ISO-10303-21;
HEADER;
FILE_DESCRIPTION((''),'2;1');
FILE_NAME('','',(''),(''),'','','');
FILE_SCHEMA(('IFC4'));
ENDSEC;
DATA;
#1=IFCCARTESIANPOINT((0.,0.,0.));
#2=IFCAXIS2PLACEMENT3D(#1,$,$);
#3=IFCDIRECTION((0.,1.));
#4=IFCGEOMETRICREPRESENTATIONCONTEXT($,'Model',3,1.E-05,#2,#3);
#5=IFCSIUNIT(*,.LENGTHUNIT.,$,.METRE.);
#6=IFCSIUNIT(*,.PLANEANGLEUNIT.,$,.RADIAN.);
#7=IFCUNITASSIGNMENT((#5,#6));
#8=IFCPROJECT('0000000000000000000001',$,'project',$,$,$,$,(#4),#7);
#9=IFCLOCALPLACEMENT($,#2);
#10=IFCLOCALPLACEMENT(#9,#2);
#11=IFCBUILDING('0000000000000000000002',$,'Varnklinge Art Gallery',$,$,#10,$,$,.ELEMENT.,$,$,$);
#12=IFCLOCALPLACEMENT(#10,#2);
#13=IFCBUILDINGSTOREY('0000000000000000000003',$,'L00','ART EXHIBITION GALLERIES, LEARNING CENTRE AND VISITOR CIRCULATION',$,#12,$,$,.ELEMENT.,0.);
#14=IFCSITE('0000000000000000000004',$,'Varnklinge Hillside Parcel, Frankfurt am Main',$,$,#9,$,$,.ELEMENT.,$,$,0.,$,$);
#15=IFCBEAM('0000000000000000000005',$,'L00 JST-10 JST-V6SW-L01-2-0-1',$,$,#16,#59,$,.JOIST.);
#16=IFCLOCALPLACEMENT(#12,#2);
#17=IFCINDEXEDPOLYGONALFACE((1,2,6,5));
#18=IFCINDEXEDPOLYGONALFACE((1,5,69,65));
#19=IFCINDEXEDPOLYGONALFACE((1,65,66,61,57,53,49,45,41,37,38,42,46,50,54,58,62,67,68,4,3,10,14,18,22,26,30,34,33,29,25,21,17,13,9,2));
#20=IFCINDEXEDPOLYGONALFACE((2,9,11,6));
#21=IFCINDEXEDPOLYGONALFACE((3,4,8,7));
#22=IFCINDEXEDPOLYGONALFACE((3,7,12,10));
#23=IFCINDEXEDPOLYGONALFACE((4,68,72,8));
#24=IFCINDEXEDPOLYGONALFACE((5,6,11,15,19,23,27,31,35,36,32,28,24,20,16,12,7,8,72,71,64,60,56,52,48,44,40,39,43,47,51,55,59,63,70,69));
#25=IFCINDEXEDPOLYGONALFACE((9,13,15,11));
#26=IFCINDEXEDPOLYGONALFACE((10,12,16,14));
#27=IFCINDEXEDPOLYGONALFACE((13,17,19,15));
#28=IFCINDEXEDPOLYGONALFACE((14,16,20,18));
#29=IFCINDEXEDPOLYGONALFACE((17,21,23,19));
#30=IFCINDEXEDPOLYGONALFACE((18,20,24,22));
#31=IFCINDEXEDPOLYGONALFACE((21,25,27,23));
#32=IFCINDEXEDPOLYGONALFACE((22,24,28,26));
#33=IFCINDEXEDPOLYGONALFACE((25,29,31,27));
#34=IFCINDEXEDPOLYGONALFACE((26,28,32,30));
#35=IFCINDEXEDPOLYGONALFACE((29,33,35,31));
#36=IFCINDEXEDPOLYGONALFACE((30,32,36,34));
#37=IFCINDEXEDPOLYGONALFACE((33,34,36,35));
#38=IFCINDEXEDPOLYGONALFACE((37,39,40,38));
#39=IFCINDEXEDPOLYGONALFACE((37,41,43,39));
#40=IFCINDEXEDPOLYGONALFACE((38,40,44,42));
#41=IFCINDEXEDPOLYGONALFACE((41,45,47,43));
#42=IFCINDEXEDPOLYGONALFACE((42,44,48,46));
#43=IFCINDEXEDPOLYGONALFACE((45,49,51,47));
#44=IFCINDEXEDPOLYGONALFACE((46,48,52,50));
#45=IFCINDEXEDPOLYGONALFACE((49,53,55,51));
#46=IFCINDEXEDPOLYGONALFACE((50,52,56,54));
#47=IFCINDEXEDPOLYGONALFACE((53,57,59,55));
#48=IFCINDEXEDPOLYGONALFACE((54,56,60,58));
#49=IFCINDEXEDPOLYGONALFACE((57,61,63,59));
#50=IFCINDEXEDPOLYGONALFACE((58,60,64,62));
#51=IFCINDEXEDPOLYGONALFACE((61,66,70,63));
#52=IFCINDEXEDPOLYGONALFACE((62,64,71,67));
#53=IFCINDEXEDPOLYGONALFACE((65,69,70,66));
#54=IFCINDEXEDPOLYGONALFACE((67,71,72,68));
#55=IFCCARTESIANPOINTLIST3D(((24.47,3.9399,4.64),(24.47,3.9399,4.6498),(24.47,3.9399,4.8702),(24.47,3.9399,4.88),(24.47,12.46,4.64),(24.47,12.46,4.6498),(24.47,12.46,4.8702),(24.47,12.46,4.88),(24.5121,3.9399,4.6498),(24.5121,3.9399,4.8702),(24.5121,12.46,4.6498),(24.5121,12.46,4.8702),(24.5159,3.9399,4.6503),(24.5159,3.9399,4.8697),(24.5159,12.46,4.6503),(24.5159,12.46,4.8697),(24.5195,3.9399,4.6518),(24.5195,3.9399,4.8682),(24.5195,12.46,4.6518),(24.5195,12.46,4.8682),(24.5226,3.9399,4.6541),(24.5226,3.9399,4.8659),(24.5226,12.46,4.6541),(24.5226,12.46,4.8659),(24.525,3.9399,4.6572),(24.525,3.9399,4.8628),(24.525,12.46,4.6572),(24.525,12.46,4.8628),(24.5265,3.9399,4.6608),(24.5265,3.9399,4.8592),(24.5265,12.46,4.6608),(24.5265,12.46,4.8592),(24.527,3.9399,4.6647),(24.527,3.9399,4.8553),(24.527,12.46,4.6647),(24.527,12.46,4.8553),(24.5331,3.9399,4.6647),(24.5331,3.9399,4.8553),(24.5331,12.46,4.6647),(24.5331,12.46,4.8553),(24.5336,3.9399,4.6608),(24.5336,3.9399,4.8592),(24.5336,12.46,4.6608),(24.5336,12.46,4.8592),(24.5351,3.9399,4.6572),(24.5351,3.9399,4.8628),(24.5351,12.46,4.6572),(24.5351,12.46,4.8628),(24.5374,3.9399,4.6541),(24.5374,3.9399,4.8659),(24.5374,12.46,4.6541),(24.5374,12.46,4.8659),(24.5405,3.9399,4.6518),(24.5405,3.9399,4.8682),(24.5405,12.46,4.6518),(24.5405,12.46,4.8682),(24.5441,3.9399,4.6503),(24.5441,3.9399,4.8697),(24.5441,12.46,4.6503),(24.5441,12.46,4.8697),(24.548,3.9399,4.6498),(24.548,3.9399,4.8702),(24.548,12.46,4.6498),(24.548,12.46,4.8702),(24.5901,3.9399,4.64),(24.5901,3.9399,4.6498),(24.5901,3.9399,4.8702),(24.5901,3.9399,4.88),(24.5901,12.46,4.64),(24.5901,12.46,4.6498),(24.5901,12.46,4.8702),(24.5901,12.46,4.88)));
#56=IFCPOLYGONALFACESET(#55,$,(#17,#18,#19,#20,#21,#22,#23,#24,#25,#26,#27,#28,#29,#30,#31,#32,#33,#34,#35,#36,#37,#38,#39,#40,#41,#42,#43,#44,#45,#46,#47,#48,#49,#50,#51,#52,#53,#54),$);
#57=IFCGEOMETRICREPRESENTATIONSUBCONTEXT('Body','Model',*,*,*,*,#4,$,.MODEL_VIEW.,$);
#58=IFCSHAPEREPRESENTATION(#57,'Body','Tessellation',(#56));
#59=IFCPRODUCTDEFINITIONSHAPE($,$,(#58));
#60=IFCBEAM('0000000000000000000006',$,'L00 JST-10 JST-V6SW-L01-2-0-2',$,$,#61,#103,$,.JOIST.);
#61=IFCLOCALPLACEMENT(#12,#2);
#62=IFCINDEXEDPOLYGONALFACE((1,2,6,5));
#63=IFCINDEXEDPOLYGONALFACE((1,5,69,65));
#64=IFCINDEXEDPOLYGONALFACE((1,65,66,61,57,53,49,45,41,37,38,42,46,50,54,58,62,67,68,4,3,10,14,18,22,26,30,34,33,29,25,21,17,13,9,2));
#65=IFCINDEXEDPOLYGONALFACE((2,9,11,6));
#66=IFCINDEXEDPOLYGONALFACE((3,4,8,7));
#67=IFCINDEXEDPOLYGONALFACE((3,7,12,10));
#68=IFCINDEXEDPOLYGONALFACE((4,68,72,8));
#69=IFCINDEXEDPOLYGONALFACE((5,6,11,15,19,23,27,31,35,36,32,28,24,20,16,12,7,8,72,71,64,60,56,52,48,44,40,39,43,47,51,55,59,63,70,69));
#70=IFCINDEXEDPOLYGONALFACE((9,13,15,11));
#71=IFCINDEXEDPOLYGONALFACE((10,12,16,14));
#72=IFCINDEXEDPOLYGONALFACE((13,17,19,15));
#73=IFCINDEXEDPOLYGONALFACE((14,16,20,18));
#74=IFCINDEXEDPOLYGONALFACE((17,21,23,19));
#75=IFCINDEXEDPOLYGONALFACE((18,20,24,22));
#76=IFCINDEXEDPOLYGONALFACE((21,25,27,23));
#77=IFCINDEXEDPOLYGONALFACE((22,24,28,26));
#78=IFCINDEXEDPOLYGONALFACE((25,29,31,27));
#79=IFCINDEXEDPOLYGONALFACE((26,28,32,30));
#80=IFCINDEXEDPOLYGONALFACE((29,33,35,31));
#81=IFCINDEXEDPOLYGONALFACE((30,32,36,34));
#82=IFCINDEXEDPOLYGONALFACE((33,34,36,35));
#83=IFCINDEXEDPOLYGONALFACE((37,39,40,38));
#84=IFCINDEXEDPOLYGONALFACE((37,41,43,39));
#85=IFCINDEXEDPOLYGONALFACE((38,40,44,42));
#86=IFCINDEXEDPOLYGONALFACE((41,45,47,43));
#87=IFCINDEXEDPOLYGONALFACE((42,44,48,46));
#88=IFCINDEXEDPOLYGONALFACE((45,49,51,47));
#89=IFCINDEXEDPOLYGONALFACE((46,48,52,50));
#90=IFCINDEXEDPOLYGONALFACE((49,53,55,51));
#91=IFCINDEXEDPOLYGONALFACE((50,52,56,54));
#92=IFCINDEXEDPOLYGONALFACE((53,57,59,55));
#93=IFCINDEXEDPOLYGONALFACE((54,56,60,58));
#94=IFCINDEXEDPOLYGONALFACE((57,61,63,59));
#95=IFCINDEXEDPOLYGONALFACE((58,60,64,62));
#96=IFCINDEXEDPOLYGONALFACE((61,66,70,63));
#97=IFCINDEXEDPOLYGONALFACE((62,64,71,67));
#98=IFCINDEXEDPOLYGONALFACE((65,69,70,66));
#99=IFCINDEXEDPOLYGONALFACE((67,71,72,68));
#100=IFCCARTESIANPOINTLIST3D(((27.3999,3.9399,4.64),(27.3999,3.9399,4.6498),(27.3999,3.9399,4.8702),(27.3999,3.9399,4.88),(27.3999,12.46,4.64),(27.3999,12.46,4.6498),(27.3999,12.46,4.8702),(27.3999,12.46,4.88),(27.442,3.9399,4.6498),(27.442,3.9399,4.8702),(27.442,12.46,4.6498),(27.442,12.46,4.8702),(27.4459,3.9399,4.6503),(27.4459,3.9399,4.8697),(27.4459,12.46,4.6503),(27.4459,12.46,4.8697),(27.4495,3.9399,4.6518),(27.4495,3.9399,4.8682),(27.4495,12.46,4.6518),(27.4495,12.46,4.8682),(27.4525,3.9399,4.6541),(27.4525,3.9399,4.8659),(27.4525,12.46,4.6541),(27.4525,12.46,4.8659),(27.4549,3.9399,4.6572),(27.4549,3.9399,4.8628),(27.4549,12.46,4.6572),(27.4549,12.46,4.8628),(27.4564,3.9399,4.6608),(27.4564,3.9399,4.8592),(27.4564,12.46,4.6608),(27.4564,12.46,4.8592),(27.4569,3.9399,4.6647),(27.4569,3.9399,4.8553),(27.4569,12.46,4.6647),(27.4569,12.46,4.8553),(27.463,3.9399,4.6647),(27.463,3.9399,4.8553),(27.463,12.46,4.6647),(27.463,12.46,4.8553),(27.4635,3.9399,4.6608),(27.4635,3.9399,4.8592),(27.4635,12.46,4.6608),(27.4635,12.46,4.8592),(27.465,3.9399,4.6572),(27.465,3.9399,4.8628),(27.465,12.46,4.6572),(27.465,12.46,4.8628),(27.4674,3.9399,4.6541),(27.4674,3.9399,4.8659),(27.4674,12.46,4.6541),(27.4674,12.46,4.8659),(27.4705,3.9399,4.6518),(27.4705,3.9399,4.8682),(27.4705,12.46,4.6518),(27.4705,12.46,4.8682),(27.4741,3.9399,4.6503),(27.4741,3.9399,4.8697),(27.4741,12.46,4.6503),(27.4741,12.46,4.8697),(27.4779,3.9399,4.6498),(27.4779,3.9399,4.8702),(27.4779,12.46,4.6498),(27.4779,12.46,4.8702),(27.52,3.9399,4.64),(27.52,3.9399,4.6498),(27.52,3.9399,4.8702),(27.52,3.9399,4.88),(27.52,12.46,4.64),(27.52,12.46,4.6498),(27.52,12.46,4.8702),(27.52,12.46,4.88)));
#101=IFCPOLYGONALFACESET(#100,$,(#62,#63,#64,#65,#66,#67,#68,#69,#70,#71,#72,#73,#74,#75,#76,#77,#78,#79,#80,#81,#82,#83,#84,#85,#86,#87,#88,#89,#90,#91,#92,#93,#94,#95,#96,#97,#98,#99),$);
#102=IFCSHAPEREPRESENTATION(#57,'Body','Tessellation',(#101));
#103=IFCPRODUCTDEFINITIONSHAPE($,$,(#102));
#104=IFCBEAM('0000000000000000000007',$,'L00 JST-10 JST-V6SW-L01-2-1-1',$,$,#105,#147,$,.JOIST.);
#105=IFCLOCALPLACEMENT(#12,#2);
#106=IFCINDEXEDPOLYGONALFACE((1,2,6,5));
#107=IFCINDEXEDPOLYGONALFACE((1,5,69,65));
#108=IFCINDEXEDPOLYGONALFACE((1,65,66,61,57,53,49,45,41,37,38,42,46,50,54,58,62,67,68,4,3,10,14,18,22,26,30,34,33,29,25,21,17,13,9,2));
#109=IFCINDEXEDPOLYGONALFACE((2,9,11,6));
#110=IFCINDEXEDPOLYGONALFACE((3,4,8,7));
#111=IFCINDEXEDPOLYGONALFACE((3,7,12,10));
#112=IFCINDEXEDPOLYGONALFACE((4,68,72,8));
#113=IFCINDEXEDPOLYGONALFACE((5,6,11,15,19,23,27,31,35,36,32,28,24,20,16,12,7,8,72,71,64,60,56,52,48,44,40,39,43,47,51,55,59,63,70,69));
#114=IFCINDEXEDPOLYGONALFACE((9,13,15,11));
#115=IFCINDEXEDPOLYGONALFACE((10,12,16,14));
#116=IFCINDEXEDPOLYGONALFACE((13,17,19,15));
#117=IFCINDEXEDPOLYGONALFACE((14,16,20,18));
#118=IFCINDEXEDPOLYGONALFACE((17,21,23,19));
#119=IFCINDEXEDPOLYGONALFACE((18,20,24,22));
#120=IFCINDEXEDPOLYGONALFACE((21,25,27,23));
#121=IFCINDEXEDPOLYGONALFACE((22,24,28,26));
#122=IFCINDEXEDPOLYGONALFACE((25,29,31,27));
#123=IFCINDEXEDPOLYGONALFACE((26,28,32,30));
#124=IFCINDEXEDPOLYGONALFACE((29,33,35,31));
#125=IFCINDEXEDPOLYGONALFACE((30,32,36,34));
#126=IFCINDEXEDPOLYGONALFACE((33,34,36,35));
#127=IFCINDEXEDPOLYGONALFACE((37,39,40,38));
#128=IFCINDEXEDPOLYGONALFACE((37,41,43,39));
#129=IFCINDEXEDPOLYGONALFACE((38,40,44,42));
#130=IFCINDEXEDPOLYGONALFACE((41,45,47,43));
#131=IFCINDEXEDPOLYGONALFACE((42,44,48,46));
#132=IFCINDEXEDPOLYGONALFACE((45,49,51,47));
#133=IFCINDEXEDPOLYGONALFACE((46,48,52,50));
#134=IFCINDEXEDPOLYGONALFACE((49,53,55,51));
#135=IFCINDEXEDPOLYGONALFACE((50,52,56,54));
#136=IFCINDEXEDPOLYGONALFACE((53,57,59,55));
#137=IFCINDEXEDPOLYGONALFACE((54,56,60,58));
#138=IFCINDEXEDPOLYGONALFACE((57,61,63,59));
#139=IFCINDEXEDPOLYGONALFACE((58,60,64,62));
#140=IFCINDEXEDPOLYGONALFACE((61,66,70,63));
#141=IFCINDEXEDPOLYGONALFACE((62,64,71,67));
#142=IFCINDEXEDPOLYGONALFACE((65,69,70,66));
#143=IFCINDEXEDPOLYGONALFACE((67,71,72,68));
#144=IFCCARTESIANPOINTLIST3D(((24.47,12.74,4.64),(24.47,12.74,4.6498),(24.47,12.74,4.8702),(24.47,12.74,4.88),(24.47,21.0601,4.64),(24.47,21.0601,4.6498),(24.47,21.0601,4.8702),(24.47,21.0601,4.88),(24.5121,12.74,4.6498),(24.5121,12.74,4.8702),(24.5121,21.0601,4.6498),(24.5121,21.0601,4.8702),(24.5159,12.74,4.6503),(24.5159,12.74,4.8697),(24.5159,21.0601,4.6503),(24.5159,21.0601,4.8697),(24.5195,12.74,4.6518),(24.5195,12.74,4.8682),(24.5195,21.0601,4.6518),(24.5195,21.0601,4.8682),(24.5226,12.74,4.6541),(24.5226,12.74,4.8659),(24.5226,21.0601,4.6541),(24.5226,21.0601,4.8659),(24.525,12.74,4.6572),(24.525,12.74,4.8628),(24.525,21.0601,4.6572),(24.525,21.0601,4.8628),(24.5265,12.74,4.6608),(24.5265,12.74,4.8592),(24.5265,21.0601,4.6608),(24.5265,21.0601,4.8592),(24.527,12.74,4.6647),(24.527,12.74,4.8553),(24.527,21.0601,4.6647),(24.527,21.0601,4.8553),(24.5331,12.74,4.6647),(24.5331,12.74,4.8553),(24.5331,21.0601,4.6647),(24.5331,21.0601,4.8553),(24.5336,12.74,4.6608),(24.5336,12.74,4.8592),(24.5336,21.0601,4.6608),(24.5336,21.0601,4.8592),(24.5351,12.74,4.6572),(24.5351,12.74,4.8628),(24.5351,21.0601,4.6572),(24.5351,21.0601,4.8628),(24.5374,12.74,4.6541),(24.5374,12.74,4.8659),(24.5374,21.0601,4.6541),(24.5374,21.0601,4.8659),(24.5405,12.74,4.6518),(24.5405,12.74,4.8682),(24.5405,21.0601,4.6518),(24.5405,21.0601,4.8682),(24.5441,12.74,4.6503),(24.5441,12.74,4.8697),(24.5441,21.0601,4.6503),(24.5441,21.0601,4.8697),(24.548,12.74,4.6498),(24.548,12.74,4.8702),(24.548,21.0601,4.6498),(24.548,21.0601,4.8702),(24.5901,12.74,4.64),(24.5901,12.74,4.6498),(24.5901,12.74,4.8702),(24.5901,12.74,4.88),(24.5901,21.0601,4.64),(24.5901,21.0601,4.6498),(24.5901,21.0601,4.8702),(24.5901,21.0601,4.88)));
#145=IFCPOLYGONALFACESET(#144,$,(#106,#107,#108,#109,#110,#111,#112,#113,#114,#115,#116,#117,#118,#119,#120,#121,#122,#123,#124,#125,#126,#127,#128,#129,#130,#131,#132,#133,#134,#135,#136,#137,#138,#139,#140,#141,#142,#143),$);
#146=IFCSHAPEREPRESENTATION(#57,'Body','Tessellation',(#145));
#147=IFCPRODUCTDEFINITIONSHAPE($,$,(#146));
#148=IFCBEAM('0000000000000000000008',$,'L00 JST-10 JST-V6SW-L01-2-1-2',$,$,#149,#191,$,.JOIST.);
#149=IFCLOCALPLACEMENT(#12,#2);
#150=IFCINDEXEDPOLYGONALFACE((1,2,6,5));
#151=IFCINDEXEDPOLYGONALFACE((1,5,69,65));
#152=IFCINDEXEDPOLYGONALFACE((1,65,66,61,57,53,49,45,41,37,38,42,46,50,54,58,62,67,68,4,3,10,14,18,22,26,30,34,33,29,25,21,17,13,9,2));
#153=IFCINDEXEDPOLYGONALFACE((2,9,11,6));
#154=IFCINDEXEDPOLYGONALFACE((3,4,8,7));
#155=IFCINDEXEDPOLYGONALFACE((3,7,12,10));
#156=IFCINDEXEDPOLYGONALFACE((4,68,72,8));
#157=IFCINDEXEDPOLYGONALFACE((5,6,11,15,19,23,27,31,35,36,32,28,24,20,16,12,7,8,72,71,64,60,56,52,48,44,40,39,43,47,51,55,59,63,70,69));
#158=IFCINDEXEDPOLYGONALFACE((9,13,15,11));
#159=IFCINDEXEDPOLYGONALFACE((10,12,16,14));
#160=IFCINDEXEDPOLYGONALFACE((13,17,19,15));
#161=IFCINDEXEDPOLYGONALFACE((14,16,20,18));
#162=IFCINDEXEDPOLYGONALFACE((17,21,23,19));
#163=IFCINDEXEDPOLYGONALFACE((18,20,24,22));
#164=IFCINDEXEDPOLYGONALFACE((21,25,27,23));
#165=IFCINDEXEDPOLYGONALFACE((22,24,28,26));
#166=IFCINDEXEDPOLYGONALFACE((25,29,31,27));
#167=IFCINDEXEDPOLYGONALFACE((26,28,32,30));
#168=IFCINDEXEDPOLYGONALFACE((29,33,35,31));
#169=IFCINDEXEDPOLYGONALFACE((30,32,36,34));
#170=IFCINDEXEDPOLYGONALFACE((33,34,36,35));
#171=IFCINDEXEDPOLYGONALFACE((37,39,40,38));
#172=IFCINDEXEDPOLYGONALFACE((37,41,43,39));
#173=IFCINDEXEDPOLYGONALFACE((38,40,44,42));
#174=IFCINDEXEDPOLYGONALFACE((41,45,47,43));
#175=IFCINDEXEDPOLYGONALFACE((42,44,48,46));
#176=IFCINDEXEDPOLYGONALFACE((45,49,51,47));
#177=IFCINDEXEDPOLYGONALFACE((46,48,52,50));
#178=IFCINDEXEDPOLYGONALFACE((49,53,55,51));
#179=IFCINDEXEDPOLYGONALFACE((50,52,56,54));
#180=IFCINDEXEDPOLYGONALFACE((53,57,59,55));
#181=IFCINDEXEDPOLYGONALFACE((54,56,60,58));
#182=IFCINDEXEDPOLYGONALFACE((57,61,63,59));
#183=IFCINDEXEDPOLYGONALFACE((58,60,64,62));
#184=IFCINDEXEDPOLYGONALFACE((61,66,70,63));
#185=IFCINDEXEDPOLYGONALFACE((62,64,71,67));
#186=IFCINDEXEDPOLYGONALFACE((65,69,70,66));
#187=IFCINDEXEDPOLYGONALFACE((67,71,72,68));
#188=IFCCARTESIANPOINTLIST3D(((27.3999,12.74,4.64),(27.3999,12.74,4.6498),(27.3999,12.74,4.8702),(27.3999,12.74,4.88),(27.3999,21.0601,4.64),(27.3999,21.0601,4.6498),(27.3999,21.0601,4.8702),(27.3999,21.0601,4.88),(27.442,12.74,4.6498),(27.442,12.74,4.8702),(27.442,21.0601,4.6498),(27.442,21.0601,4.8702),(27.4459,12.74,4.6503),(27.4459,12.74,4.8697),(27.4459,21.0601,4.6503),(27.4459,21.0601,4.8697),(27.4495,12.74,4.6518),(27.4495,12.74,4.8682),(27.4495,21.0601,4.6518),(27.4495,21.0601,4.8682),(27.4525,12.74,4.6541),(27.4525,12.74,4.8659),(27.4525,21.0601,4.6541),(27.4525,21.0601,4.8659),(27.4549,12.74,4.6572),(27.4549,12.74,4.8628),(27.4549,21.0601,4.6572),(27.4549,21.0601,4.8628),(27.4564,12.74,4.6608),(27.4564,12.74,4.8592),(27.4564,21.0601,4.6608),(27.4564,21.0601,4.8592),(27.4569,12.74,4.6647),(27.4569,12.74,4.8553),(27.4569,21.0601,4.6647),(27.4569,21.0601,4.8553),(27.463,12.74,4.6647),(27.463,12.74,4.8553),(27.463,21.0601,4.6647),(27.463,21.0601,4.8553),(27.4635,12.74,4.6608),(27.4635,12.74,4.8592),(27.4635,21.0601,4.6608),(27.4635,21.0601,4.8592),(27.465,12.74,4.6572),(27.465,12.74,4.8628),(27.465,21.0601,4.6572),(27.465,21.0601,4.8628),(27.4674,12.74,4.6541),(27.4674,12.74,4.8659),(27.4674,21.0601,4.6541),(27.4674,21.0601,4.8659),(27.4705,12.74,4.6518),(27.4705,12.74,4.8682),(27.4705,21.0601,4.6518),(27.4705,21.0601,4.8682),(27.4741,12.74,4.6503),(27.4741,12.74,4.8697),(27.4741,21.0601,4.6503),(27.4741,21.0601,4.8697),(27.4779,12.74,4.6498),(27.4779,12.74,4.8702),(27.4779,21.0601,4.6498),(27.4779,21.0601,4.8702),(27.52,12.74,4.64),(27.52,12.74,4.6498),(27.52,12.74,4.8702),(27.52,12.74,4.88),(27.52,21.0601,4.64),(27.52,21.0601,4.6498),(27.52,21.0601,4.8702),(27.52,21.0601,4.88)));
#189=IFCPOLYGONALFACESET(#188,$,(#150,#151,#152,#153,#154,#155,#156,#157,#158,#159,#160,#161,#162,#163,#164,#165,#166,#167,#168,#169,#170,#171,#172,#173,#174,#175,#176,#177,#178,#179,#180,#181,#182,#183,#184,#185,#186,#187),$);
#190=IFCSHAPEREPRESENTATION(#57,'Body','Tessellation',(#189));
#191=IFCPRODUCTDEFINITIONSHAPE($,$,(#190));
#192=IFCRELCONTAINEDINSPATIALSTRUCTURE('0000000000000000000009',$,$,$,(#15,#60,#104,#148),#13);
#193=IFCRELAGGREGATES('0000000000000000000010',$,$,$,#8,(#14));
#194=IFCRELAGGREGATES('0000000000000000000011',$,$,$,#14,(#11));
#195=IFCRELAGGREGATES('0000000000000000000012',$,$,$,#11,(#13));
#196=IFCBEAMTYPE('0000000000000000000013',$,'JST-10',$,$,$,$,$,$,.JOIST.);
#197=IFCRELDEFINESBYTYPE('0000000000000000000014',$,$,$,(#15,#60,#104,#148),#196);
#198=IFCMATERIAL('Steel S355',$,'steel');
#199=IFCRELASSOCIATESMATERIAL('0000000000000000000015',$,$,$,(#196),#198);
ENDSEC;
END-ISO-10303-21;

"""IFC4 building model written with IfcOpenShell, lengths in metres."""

from ifc_helpers import new_model, si_unit, direction, frame, origin, origin_2d, place, context, subcontext, project, spatial, i_section, extrude, material, material_profile, profile_set, type_object, element, save


model = new_model("IFC4")

# Units and contexts
model_context = context("Model", 3, precision=1e-05, world=origin(), true_north=direction((0.0, 1.0)))
body_context = subcontext(model_context, "Body", "Model", "MODEL_VIEW")
ifc_project = project(units=[si_unit("LENGTHUNIT", "METRE"), si_unit("PLANEANGLEUNIT", "RADIAN")], contexts=[model_context])

# Site, building, storey
site_placement = place(None, origin())
site = spatial("IfcSite", under=ifc_project, at=site_placement, Name="Varnklinge Hillside Parcel, Frankfurt am Main", CompositionType="ELEMENT", RefElevation=0.0)
building_placement = place(site_placement, origin())
building = spatial("IfcBuilding", under=site, at=building_placement, Name="Varnklinge Art Gallery", CompositionType="ELEMENT")
storey_placement = place(building_placement, origin())
storey = spatial("IfcBuildingStorey", under=building, at=storey_placement, Name="L00", Description="ART EXHIBITION GALLERIES, LEARNING CENTRE AND VISITOR CIRCULATION", CompositionType="ELEMENT", Elevation=0.0)

# Beams
ifc_material_1 = material(Name="Steel S355", Category="steel")
ifc_material_profile_1 = material_profile(ifc_material_1, i_section(OverallWidth=0.1201, OverallDepth=0.24, WebThickness=0.0061, FlangeThickness=0.0098, FilletRadius=0.0149, at=origin_2d()), Name="IPE 240")
ifc_profile_set_1 = profile_set([ifc_material_profile_1], Name="Steel S355")
beam_type_1 = type_object("IfcBeamType", Name="JST-10", PredefinedType="JOIST", material=ifc_profile_set_1)
for number, where, z_axis, x_axis, name in (
    (1, (24.53, 3.9399, 4.76), (0.0, 1.0, 0.0), (-1.0, 0.0, 0.0), "L00 JST-10 JST-V6SW-L01-2-0-1"),
    (2, (27.46, 3.9399, 4.76), (0.0, 1.0, 0.0), (-1.0, 0.0, 0.0), "L00 JST-10 JST-V6SW-L01-2-0-2"),
):
    element("IfcBeam", number, at=place(storey_placement, frame(where, z_axis=z_axis, x_axis=x_axis)), inside=storey, type_object=beam_type_1, Name=name, PredefinedType="JOIST", context=body_context, shape_type="SweptSolid", body=[
        extrude(i_section(OverallWidth=0.1201, OverallDepth=0.24, WebThickness=0.0061, FlangeThickness=0.0098, FilletRadius=0.0149, at=origin_2d()), origin(), (0.0, 0.0, 1.0), 8.52),
    ])
for number, where, z_axis, x_axis, name in (
    (3, (24.53, 12.74, 4.76), (0.0, 1.0, 0.0), (-1.0, 0.0, 0.0), "L00 JST-10 JST-V6SW-L01-2-1-1"),
    (4, (27.46, 12.74, 4.76), (0.0, 1.0, 0.0), (-1.0, 0.0, 0.0), "L00 JST-10 JST-V6SW-L01-2-1-2"),
):
    element("IfcBeam", number, at=place(storey_placement, frame(where, z_axis=z_axis, x_axis=x_axis)), inside=storey, type_object=beam_type_1, Name=name, PredefinedType="JOIST", context=body_context, shape_type="SweptSolid", body=[
        extrude(i_section(OverallWidth=0.1201, OverallDepth=0.24, WebThickness=0.0061, FlangeThickness=0.0098, FilletRadius=0.0149, at=origin_2d()), origin(), (0.0, 0.0, 1.0), 8.3201),
    ])

save(model, "model.ifc")
